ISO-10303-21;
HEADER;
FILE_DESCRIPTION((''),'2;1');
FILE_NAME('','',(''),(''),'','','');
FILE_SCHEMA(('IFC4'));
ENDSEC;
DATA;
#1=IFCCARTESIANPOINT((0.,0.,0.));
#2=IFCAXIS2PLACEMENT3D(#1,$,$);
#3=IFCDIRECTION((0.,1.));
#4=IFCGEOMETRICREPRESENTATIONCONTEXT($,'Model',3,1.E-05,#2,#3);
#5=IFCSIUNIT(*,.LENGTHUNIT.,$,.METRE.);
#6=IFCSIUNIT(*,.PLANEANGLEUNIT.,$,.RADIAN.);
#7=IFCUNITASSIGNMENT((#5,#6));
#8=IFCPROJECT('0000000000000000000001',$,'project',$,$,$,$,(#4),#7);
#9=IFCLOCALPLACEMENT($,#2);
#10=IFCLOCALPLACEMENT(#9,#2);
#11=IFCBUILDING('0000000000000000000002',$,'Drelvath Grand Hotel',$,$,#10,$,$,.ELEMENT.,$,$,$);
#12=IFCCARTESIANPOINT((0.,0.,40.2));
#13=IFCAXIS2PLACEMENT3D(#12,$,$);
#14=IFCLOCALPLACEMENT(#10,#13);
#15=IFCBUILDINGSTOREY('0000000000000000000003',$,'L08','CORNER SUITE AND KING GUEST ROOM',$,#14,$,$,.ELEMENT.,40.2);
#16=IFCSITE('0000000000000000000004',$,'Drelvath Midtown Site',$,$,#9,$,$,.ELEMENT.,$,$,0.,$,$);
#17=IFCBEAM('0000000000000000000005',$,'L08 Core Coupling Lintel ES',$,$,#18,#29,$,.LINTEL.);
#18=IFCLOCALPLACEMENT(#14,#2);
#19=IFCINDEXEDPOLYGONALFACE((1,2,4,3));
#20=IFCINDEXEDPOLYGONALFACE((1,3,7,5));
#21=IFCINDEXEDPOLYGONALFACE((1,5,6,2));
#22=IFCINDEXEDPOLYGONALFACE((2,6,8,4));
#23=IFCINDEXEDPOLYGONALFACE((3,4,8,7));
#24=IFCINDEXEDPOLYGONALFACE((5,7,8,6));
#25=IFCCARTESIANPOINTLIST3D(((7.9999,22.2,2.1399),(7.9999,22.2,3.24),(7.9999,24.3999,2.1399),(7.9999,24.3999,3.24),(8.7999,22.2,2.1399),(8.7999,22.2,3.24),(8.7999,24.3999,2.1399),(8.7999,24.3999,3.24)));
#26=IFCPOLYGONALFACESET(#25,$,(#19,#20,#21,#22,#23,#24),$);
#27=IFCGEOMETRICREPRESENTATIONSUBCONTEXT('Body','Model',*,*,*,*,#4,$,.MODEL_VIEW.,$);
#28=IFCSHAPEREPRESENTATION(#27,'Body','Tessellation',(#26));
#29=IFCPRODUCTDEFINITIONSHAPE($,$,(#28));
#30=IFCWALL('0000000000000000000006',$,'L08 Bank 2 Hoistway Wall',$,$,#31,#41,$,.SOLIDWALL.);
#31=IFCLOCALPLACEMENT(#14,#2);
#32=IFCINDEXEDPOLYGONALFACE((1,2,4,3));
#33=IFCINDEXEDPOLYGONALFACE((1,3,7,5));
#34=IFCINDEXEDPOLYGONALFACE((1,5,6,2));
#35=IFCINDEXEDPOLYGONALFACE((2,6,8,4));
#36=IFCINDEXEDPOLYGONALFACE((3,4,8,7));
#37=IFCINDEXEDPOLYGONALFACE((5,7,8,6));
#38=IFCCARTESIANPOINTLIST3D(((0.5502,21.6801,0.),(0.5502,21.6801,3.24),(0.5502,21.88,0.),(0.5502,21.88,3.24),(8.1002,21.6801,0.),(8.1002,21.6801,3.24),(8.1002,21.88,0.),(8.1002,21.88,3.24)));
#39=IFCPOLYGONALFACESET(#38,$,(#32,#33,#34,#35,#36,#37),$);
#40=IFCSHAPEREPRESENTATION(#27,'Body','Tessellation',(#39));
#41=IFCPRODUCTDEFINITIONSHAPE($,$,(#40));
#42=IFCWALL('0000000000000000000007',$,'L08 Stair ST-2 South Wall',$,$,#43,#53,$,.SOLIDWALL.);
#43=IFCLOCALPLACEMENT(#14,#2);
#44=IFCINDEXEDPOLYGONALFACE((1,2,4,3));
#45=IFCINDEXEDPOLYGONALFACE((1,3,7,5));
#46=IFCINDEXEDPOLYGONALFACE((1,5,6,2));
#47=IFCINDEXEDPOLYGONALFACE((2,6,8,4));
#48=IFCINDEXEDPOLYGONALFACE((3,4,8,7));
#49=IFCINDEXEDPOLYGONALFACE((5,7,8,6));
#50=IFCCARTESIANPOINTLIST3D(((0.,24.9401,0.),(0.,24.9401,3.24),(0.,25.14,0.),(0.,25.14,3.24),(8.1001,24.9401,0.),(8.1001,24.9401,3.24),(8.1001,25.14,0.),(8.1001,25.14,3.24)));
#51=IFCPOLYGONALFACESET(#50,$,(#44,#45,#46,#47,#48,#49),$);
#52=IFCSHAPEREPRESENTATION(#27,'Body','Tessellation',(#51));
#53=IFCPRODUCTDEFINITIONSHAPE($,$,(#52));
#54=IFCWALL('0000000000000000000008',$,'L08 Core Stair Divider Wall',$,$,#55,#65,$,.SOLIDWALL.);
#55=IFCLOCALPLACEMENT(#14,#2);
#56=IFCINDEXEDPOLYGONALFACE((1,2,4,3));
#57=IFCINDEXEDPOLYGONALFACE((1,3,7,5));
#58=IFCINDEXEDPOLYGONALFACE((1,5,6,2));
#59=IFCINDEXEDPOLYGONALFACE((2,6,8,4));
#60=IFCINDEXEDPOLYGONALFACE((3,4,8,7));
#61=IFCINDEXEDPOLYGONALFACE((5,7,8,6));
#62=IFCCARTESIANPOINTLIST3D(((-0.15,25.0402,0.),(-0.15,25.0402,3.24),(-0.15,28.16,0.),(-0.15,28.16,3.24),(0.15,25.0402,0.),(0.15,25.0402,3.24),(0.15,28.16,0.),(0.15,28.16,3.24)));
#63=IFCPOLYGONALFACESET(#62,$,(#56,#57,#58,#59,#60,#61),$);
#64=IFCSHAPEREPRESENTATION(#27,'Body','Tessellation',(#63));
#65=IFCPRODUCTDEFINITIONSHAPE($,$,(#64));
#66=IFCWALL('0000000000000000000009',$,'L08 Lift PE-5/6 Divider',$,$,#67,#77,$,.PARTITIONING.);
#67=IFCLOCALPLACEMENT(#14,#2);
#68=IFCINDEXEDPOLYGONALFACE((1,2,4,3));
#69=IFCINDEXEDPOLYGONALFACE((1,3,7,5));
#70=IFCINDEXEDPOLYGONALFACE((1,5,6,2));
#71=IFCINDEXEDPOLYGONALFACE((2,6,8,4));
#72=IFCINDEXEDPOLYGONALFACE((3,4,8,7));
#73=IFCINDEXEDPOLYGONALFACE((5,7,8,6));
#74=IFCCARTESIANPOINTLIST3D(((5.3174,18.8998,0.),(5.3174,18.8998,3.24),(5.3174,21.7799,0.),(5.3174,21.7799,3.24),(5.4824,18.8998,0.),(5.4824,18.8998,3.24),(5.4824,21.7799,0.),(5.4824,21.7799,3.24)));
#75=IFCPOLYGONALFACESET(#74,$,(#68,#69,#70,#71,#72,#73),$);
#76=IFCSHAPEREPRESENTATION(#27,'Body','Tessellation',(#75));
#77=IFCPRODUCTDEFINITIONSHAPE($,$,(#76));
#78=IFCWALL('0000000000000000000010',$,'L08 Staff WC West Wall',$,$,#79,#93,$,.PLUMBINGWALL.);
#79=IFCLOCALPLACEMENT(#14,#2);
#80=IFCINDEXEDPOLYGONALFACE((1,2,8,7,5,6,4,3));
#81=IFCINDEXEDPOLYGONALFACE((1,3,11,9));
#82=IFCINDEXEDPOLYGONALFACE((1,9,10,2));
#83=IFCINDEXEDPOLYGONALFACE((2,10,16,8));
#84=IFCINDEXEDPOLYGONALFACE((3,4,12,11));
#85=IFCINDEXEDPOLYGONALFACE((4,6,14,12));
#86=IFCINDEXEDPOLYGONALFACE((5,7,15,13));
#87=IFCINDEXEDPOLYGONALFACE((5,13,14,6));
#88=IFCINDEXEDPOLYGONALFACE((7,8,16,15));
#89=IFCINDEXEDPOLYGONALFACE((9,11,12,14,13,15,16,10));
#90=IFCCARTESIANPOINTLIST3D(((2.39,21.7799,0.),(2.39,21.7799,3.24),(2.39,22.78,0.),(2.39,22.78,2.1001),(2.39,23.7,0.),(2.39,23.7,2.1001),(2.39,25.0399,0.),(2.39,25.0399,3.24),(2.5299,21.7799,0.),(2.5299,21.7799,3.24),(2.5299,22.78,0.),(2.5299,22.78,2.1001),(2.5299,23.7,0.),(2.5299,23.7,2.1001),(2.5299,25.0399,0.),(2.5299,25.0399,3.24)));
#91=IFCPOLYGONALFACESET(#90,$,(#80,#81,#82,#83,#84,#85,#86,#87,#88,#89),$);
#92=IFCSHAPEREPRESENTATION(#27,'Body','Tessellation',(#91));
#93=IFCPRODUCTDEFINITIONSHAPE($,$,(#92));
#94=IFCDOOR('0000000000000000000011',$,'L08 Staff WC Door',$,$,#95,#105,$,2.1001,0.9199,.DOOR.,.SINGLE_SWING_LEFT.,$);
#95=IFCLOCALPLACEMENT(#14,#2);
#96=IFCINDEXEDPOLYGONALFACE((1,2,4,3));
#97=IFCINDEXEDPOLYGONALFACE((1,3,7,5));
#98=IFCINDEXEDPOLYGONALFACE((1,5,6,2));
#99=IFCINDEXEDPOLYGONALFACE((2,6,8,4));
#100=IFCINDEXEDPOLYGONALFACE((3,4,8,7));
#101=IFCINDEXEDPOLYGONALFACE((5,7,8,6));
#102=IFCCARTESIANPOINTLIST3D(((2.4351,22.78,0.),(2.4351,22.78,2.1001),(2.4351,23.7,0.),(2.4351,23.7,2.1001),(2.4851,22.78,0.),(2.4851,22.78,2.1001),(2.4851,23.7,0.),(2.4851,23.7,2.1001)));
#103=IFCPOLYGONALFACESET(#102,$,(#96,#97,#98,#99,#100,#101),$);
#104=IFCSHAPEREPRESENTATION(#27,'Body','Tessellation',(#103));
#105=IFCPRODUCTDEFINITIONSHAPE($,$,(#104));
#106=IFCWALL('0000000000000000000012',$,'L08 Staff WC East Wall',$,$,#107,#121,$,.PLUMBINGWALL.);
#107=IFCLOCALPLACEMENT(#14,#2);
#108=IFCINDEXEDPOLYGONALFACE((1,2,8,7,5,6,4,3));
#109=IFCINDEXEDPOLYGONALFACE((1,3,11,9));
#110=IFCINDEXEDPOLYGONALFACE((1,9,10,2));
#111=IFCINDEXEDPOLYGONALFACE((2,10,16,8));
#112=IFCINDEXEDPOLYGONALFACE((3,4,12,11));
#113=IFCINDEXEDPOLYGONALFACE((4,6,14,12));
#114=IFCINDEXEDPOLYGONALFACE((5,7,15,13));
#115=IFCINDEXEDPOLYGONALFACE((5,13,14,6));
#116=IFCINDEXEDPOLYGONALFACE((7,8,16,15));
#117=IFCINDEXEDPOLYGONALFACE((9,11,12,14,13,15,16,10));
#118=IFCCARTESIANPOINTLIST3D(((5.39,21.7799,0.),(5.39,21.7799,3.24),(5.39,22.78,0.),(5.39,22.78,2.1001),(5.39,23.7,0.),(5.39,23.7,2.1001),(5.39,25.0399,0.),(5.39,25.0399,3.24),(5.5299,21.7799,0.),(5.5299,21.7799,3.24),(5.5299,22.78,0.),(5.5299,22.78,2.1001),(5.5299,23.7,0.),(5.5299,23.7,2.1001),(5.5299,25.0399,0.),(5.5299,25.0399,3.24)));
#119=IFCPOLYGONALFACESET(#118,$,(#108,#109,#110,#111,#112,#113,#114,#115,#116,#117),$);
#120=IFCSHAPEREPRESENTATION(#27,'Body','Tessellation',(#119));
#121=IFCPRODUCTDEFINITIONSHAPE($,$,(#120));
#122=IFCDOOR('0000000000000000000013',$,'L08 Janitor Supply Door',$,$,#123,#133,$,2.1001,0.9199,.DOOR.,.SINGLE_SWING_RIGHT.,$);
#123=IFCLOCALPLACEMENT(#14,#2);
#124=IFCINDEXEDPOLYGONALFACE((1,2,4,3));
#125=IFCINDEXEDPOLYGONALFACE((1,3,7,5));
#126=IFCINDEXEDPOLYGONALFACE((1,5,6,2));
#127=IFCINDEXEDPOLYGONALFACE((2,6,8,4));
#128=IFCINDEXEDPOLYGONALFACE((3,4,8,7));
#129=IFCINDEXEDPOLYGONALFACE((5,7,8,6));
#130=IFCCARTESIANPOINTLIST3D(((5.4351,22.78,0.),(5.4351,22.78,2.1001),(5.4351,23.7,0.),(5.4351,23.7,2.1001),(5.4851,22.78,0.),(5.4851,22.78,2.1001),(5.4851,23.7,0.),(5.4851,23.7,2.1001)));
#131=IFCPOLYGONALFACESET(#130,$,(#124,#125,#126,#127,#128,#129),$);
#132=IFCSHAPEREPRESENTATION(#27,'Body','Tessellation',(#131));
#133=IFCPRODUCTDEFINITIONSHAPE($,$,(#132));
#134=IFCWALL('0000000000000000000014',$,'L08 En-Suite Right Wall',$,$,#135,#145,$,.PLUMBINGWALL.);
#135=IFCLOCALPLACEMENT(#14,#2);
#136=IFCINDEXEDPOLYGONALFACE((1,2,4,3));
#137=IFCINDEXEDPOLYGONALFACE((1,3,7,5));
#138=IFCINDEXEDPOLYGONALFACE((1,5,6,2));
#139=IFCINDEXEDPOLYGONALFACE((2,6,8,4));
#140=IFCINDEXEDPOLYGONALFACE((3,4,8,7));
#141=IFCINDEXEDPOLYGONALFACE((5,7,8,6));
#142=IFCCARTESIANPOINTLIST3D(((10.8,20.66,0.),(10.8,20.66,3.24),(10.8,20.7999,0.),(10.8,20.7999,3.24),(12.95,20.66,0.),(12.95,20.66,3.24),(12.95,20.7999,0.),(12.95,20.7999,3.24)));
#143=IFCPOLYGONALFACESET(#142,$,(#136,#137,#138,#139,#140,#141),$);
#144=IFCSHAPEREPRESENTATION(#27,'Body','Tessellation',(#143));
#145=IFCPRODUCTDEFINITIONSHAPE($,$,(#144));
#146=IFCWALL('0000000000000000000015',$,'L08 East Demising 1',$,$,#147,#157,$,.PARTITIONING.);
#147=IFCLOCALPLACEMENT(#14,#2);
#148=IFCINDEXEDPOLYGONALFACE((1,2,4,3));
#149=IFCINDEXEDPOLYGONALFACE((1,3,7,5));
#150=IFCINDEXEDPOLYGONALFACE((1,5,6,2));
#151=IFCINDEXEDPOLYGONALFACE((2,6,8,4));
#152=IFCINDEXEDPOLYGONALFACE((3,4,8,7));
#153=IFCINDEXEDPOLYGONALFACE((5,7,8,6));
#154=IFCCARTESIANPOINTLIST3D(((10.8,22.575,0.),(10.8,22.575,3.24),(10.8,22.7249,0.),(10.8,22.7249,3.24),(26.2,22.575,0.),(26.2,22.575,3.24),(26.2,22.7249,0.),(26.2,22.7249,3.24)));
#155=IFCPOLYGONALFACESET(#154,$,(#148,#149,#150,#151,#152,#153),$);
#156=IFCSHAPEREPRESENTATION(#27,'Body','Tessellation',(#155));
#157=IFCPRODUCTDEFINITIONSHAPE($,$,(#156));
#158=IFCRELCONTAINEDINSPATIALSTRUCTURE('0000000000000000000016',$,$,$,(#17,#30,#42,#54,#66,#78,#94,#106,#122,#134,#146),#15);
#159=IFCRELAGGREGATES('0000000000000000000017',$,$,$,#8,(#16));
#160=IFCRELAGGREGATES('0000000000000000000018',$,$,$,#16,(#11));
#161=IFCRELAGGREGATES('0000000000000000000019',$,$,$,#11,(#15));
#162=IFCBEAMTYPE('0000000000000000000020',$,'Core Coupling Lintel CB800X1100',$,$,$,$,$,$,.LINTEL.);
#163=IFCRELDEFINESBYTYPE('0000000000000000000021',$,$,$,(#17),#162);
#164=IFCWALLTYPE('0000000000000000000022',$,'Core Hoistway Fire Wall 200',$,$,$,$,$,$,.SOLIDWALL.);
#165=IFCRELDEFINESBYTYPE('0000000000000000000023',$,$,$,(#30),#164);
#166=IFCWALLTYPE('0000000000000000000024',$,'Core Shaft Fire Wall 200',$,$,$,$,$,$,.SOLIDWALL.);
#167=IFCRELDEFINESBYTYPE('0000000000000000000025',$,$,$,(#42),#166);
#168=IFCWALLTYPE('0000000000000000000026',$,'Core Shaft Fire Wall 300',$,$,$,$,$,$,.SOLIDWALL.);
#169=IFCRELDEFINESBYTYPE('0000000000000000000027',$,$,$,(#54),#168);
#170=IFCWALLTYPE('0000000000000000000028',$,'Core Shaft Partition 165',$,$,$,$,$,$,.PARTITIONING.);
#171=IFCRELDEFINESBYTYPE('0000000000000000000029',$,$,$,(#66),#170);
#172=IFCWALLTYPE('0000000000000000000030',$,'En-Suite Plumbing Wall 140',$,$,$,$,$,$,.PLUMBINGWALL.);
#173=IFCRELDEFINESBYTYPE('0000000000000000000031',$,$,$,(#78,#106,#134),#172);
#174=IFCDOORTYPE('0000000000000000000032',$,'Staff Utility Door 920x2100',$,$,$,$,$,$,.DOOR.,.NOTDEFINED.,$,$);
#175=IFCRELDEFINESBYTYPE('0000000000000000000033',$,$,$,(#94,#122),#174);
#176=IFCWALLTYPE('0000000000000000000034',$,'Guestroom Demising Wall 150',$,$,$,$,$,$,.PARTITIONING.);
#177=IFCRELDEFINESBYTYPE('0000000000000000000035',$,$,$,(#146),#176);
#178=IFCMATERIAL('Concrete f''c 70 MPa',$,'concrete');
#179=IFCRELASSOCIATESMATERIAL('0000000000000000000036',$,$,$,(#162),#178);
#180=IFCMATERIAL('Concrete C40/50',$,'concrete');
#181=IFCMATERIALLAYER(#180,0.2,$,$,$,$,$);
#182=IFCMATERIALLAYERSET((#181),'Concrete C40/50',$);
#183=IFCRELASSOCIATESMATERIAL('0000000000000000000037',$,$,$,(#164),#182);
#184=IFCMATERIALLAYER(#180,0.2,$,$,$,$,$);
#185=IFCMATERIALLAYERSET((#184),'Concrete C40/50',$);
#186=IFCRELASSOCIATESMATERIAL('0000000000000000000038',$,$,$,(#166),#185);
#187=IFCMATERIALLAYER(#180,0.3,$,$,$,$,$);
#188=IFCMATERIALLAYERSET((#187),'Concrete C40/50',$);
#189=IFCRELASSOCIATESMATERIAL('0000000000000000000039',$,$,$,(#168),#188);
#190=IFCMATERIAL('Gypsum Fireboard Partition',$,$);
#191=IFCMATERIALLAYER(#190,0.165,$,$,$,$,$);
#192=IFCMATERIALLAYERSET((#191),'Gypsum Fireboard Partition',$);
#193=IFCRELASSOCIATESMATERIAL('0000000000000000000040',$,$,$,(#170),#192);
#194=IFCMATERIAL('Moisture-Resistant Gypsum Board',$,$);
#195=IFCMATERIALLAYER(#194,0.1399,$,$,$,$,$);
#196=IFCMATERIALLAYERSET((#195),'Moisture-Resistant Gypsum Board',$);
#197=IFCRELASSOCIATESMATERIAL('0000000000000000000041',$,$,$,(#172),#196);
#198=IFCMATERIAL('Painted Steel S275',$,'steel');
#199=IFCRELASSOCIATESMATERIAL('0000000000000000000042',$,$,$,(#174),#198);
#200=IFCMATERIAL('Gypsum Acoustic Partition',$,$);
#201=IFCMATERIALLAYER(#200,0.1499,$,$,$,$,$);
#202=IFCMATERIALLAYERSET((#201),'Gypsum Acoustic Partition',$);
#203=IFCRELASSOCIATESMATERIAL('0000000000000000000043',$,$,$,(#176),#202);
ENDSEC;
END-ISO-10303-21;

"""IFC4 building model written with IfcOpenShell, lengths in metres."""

from ifc_helpers import new_model, si_unit, direction, frame, frame_2d, origin, origin_2d, place, context, subcontext, project, spatial, rectangle, extrude, material, layer, layer_set, material_profile, profile_set, type_object, element, fill, save


model = new_model("IFC4")

# Units and contexts
model_context = context("Model", 3, precision=1e-05, world=origin(), true_north=direction((0.0, 1.0)))
body_context = subcontext(model_context, "Body", "Model", "MODEL_VIEW")
ifc_project = project(units=[si_unit("LENGTHUNIT", "METRE"), si_unit("PLANEANGLEUNIT", "RADIAN")], contexts=[model_context])

# Site, building, storey
site_placement = place(None, origin())
site = spatial("IfcSite", under=ifc_project, at=site_placement, Name="Drelvath Midtown Site", CompositionType="ELEMENT", RefElevation=0.0)
building_placement = place(site_placement, origin())
building = spatial("IfcBuilding", under=site, at=building_placement, Name="Drelvath Grand Hotel", CompositionType="ELEMENT")
storey_placement = place(building_placement, frame((0.0, 0.0, 40.2)))
storey = spatial("IfcBuildingStorey", under=building, at=storey_placement, Name="L08", Description="CORNER SUITE AND KING GUEST ROOM", CompositionType="ELEMENT", Elevation=40.2)

# Beam
ifc_material_1 = material(Name="Concrete f'c 70 MPa", Category="concrete")
ifc_material_profile = material_profile(ifc_material_1, rectangle(XDim=0.8, YDim=1.1001, at=origin_2d()), Name="CB800X1100")
ifc_profile_set = profile_set([ifc_material_profile], Name="Concrete f'c 70 MPa")
beam_type = type_object("IfcBeamType", Name="Core Coupling Lintel CB800X1100", PredefinedType="LINTEL", material=ifc_profile_set)
beam_placement = place(storey_placement, frame((8.3999, 22.2, 2.6899), z_axis=(0.0, 1.0, 0.0), x_axis=(-1.0, 0.0, 0.0)))
element("IfcBeam", 1, at=beam_placement, inside=storey, type_object=beam_type, Name="L08 Core Coupling Lintel ES", PredefinedType="LINTEL", context=body_context, shape_type="SweptSolid", body=[
    extrude(rectangle(XDim=0.8, YDim=1.1001, at=origin_2d()), origin(), (0.0, 0.0, 1.0), 2.2),
])

# Walls
ifc_material_2 = material(Name="Concrete C40/50", Category="concrete")
ifc_layer_1 = layer(ifc_material_2, 0.2)
ifc_layer_set_1 = layer_set([ifc_layer_1], Name="Concrete C40/50")
wall_type_1 = type_object("IfcWallType", Name="Core Hoistway Fire Wall 200", PredefinedType="SOLIDWALL", material=ifc_layer_set_1)
wall_1_placement = place(storey_placement, frame((8.1001, 21.78, 0.0), z_axis=(0.0, 0.0, 1.0), x_axis=(-1.0, 0.0, 0.0)))
element("IfcWall", 2, at=wall_1_placement, inside=storey, type_object=wall_type_1, Name="L08 Bank 2 Hoistway Wall", PredefinedType="SOLIDWALL", context=body_context, shape_type="SweptSolid", body=[
    extrude(rectangle(XDim=7.55, YDim=0.2, at=frame_2d((3.7749, 0.0))), origin(), (0.0, 0.0, 1.0), 3.24),
])
ifc_layer_2 = layer(ifc_material_2, 0.2)
ifc_layer_set_2 = layer_set([ifc_layer_2], Name="Concrete C40/50")
wall_type_2 = type_object("IfcWallType", Name="Core Shaft Fire Wall 200", PredefinedType="SOLIDWALL", material=ifc_layer_set_2)
wall_2_placement = place(storey_placement, frame((0.0, 25.04, 0.0), z_axis=(0.0, 0.0, 1.0), x_axis=(1.0, 0.0, 0.0)))
element("IfcWall", 3, at=wall_2_placement, inside=storey, type_object=wall_type_2, Name="L08 Stair ST-2 South Wall", PredefinedType="SOLIDWALL", context=body_context, shape_type="SweptSolid", body=[
    extrude(rectangle(XDim=8.1001, YDim=0.2, at=frame_2d((4.05, 0.0))), origin(), (0.0, 0.0, 1.0), 3.24),
])
ifc_layer_3 = layer(ifc_material_2, 0.3)
ifc_layer_set_3 = layer_set([ifc_layer_3], Name="Concrete C40/50")
wall_type_3 = type_object("IfcWallType", Name="Core Shaft Fire Wall 300", PredefinedType="SOLIDWALL", material=ifc_layer_set_3)
wall_3_placement = place(storey_placement, frame((0.0, 25.04, 0.0), z_axis=(0.0, 0.0, 1.0), x_axis=(0.0, 1.0, 0.0)))
element("IfcWall", 4, at=wall_3_placement, inside=storey, type_object=wall_type_3, Name="L08 Core Stair Divider Wall", PredefinedType="SOLIDWALL", context=body_context, shape_type="SweptSolid", body=[
    extrude(rectangle(XDim=3.1199, YDim=0.3, at=frame_2d((1.5601, 0.0))), origin(), (0.0, 0.0, 1.0), 3.24),
])
ifc_material_3 = material(Name="Gypsum Fireboard Partition")
ifc_layer_4 = layer(ifc_material_3, 0.165)
ifc_layer_set_4 = layer_set([ifc_layer_4], Name="Gypsum Fireboard Partition")
wall_type_4 = type_object("IfcWallType", Name="Core Shaft Partition 165", PredefinedType="PARTITIONING", material=ifc_layer_set_4)
wall_4_placement = place(storey_placement, frame((5.3999, 18.8999, 0.0), z_axis=(0.0, 0.0, 1.0), x_axis=(0.0, 1.0, 0.0)))
element("IfcWall", 5, at=wall_4_placement, inside=storey, type_object=wall_type_4, Name="L08 Lift PE-5/6 Divider", PredefinedType="PARTITIONING", context=body_context, shape_type="SweptSolid", body=[
    extrude(rectangle(XDim=2.8801, YDim=0.165, at=frame_2d((1.4399, 0.0))), origin(), (0.0, 0.0, 1.0), 3.24),
])

# Walls, openings, doors
ifc_material_4 = material(Name="Moisture-Resistant Gypsum Board")
ifc_layer_5 = layer(ifc_material_4, 0.1399)
ifc_layer_set_5 = layer_set([ifc_layer_5], Name="Moisture-Resistant Gypsum Board")
wall_type_5 = type_object("IfcWallType", Name="En-Suite Plumbing Wall 140", PredefinedType="PLUMBINGWALL", material=ifc_layer_set_5)
wall_5_placement = place(storey_placement, frame((2.46, 21.78, 0.0), z_axis=(0.0, 0.0, 1.0), x_axis=(0.0, 1.0, 0.0)))
wall_5 = element("IfcWall", 6, at=wall_5_placement, inside=storey, type_object=wall_type_5, Name="L08 Staff WC West Wall", PredefinedType="PLUMBINGWALL", context=body_context, shape_type="SweptSolid", body=[
    extrude(rectangle(XDim=3.26, YDim=0.1399, at=frame_2d((1.6299, 0.0))), origin(), (0.0, 0.0, 1.0), 3.24),
])
opening_1_placement = place(wall_5_placement, frame((1.0, 0.0, 0.0)))
opening_1 = element("IfcOpeningElement", 7, at=opening_1_placement, cuts=wall_5, PredefinedType="OPENING", context=body_context, shape_type="SweptSolid", body=[
    extrude(rectangle(XDim=0.9199, YDim=2.1001, at=frame_2d((0.46, 1.05))), frame((0.0, 0.0798, 0.0), z_axis=(0.0, -1.0, 0.0), x_axis=(1.0, 0.0, 0.0)), (0.0, 0.0, 1.0), 0.1599),
])
ifc_material_5 = material(Name="Painted Steel S275", Category="steel")
door_type = type_object("IfcDoorType", Name="Staff Utility Door 920x2100", OperationType="NOTDEFINED", PredefinedType="DOOR", material=ifc_material_5)
door_1_placement = place(opening_1_placement, origin())
door_1 = element("IfcDoor", 8, at=door_1_placement, inside=storey, type_object=door_type, Name="L08 Staff WC Door", OperationType="SINGLE_SWING_LEFT", OverallHeight=2.1001, OverallWidth=0.9199, PredefinedType="DOOR", context=body_context, shape_type="SweptSolid", body=[
    extrude(rectangle(XDim=0.9199, YDim=2.1001, at=frame_2d((0.46, 1.05))), frame((0.0, 0.0249, 0.0), z_axis=(0.0, -1.0, 0.0), x_axis=(1.0, 0.0, 0.0)), (0.0, 0.0, 1.0), 0.05),
])
fill(opening_1, door_1)
wall_6_placement = place(storey_placement, frame((5.46, 21.78, 0.0), z_axis=(0.0, 0.0, 1.0), x_axis=(0.0, 1.0, 0.0)))
wall_6 = element("IfcWall", 9, at=wall_6_placement, inside=storey, type_object=wall_type_5, Name="L08 Staff WC East Wall", PredefinedType="PLUMBINGWALL", context=body_context, shape_type="SweptSolid", body=[
    extrude(rectangle(XDim=3.26, YDim=0.1399, at=frame_2d((1.6299, 0.0))), origin(), (0.0, 0.0, 1.0), 3.24),
])
opening_2_placement = place(wall_6_placement, frame((1.0, 0.0, 0.0)))
opening_2 = element("IfcOpeningElement", 10, at=opening_2_placement, cuts=wall_6, PredefinedType="OPENING", context=body_context, shape_type="SweptSolid", body=[
    extrude(rectangle(XDim=0.9199, YDim=2.1001, at=frame_2d((0.46, 1.05))), frame((0.0, 0.0798, 0.0), z_axis=(0.0, -1.0, 0.0), x_axis=(1.0, 0.0, 0.0)), (0.0, 0.0, 1.0), 0.1599),
])
door_2_placement = place(opening_2_placement, origin())
door_2 = element("IfcDoor", 11, at=door_2_placement, inside=storey, type_object=door_type, Name="L08 Janitor Supply Door", OperationType="SINGLE_SWING_RIGHT", OverallHeight=2.1001, OverallWidth=0.9199, PredefinedType="DOOR", context=body_context, shape_type="SweptSolid", body=[
    extrude(rectangle(XDim=0.9199, YDim=2.1001, at=frame_2d((0.46, 1.05))), frame((0.0, 0.0249, 0.0), z_axis=(0.0, -1.0, 0.0), x_axis=(1.0, 0.0, 0.0)), (0.0, 0.0, 1.0), 0.05),
])
fill(opening_2, door_2)

# Walls
wall_7_placement = place(storey_placement, frame((10.8, 20.73, 0.0), z_axis=(0.0, 0.0, 1.0), x_axis=(1.0, 0.0, 0.0)))
element("IfcWall", 12, at=wall_7_placement, inside=storey, type_object=wall_type_5, Name="L08 En-Suite Right Wall", PredefinedType="PLUMBINGWALL", context=body_context, shape_type="SweptSolid", body=[
    extrude(rectangle(XDim=2.1499, YDim=0.1399, at=frame_2d((1.075, 0.0))), origin(), (0.0, 0.0, 1.0), 3.24),
])
ifc_material_6 = material(Name="Gypsum Acoustic Partition")
ifc_layer_6 = layer(ifc_material_6, 0.1499)
ifc_layer_set_6 = layer_set([ifc_layer_6], Name="Gypsum Acoustic Partition")
wall_type_6 = type_object("IfcWallType", Name="Guestroom Demising Wall 150", PredefinedType="PARTITIONING", material=ifc_layer_set_6)
wall_8_placement = place(storey_placement, frame((10.8, 22.6499, 0.0), z_axis=(0.0, 0.0, 1.0), x_axis=(1.0, 0.0, 0.0)))
element("IfcWall", 13, at=wall_8_placement, inside=storey, type_object=wall_type_6, Name="L08 East Demising 1", PredefinedType="PARTITIONING", context=body_context, shape_type="SweptSolid", body=[
    extrude(rectangle(XDim=15.3999, YDim=0.1499, at=frame_2d((7.7, 0.0))), origin(), (0.0, 0.0, 1.0), 3.24),
])

save(model, "model.ifc")
